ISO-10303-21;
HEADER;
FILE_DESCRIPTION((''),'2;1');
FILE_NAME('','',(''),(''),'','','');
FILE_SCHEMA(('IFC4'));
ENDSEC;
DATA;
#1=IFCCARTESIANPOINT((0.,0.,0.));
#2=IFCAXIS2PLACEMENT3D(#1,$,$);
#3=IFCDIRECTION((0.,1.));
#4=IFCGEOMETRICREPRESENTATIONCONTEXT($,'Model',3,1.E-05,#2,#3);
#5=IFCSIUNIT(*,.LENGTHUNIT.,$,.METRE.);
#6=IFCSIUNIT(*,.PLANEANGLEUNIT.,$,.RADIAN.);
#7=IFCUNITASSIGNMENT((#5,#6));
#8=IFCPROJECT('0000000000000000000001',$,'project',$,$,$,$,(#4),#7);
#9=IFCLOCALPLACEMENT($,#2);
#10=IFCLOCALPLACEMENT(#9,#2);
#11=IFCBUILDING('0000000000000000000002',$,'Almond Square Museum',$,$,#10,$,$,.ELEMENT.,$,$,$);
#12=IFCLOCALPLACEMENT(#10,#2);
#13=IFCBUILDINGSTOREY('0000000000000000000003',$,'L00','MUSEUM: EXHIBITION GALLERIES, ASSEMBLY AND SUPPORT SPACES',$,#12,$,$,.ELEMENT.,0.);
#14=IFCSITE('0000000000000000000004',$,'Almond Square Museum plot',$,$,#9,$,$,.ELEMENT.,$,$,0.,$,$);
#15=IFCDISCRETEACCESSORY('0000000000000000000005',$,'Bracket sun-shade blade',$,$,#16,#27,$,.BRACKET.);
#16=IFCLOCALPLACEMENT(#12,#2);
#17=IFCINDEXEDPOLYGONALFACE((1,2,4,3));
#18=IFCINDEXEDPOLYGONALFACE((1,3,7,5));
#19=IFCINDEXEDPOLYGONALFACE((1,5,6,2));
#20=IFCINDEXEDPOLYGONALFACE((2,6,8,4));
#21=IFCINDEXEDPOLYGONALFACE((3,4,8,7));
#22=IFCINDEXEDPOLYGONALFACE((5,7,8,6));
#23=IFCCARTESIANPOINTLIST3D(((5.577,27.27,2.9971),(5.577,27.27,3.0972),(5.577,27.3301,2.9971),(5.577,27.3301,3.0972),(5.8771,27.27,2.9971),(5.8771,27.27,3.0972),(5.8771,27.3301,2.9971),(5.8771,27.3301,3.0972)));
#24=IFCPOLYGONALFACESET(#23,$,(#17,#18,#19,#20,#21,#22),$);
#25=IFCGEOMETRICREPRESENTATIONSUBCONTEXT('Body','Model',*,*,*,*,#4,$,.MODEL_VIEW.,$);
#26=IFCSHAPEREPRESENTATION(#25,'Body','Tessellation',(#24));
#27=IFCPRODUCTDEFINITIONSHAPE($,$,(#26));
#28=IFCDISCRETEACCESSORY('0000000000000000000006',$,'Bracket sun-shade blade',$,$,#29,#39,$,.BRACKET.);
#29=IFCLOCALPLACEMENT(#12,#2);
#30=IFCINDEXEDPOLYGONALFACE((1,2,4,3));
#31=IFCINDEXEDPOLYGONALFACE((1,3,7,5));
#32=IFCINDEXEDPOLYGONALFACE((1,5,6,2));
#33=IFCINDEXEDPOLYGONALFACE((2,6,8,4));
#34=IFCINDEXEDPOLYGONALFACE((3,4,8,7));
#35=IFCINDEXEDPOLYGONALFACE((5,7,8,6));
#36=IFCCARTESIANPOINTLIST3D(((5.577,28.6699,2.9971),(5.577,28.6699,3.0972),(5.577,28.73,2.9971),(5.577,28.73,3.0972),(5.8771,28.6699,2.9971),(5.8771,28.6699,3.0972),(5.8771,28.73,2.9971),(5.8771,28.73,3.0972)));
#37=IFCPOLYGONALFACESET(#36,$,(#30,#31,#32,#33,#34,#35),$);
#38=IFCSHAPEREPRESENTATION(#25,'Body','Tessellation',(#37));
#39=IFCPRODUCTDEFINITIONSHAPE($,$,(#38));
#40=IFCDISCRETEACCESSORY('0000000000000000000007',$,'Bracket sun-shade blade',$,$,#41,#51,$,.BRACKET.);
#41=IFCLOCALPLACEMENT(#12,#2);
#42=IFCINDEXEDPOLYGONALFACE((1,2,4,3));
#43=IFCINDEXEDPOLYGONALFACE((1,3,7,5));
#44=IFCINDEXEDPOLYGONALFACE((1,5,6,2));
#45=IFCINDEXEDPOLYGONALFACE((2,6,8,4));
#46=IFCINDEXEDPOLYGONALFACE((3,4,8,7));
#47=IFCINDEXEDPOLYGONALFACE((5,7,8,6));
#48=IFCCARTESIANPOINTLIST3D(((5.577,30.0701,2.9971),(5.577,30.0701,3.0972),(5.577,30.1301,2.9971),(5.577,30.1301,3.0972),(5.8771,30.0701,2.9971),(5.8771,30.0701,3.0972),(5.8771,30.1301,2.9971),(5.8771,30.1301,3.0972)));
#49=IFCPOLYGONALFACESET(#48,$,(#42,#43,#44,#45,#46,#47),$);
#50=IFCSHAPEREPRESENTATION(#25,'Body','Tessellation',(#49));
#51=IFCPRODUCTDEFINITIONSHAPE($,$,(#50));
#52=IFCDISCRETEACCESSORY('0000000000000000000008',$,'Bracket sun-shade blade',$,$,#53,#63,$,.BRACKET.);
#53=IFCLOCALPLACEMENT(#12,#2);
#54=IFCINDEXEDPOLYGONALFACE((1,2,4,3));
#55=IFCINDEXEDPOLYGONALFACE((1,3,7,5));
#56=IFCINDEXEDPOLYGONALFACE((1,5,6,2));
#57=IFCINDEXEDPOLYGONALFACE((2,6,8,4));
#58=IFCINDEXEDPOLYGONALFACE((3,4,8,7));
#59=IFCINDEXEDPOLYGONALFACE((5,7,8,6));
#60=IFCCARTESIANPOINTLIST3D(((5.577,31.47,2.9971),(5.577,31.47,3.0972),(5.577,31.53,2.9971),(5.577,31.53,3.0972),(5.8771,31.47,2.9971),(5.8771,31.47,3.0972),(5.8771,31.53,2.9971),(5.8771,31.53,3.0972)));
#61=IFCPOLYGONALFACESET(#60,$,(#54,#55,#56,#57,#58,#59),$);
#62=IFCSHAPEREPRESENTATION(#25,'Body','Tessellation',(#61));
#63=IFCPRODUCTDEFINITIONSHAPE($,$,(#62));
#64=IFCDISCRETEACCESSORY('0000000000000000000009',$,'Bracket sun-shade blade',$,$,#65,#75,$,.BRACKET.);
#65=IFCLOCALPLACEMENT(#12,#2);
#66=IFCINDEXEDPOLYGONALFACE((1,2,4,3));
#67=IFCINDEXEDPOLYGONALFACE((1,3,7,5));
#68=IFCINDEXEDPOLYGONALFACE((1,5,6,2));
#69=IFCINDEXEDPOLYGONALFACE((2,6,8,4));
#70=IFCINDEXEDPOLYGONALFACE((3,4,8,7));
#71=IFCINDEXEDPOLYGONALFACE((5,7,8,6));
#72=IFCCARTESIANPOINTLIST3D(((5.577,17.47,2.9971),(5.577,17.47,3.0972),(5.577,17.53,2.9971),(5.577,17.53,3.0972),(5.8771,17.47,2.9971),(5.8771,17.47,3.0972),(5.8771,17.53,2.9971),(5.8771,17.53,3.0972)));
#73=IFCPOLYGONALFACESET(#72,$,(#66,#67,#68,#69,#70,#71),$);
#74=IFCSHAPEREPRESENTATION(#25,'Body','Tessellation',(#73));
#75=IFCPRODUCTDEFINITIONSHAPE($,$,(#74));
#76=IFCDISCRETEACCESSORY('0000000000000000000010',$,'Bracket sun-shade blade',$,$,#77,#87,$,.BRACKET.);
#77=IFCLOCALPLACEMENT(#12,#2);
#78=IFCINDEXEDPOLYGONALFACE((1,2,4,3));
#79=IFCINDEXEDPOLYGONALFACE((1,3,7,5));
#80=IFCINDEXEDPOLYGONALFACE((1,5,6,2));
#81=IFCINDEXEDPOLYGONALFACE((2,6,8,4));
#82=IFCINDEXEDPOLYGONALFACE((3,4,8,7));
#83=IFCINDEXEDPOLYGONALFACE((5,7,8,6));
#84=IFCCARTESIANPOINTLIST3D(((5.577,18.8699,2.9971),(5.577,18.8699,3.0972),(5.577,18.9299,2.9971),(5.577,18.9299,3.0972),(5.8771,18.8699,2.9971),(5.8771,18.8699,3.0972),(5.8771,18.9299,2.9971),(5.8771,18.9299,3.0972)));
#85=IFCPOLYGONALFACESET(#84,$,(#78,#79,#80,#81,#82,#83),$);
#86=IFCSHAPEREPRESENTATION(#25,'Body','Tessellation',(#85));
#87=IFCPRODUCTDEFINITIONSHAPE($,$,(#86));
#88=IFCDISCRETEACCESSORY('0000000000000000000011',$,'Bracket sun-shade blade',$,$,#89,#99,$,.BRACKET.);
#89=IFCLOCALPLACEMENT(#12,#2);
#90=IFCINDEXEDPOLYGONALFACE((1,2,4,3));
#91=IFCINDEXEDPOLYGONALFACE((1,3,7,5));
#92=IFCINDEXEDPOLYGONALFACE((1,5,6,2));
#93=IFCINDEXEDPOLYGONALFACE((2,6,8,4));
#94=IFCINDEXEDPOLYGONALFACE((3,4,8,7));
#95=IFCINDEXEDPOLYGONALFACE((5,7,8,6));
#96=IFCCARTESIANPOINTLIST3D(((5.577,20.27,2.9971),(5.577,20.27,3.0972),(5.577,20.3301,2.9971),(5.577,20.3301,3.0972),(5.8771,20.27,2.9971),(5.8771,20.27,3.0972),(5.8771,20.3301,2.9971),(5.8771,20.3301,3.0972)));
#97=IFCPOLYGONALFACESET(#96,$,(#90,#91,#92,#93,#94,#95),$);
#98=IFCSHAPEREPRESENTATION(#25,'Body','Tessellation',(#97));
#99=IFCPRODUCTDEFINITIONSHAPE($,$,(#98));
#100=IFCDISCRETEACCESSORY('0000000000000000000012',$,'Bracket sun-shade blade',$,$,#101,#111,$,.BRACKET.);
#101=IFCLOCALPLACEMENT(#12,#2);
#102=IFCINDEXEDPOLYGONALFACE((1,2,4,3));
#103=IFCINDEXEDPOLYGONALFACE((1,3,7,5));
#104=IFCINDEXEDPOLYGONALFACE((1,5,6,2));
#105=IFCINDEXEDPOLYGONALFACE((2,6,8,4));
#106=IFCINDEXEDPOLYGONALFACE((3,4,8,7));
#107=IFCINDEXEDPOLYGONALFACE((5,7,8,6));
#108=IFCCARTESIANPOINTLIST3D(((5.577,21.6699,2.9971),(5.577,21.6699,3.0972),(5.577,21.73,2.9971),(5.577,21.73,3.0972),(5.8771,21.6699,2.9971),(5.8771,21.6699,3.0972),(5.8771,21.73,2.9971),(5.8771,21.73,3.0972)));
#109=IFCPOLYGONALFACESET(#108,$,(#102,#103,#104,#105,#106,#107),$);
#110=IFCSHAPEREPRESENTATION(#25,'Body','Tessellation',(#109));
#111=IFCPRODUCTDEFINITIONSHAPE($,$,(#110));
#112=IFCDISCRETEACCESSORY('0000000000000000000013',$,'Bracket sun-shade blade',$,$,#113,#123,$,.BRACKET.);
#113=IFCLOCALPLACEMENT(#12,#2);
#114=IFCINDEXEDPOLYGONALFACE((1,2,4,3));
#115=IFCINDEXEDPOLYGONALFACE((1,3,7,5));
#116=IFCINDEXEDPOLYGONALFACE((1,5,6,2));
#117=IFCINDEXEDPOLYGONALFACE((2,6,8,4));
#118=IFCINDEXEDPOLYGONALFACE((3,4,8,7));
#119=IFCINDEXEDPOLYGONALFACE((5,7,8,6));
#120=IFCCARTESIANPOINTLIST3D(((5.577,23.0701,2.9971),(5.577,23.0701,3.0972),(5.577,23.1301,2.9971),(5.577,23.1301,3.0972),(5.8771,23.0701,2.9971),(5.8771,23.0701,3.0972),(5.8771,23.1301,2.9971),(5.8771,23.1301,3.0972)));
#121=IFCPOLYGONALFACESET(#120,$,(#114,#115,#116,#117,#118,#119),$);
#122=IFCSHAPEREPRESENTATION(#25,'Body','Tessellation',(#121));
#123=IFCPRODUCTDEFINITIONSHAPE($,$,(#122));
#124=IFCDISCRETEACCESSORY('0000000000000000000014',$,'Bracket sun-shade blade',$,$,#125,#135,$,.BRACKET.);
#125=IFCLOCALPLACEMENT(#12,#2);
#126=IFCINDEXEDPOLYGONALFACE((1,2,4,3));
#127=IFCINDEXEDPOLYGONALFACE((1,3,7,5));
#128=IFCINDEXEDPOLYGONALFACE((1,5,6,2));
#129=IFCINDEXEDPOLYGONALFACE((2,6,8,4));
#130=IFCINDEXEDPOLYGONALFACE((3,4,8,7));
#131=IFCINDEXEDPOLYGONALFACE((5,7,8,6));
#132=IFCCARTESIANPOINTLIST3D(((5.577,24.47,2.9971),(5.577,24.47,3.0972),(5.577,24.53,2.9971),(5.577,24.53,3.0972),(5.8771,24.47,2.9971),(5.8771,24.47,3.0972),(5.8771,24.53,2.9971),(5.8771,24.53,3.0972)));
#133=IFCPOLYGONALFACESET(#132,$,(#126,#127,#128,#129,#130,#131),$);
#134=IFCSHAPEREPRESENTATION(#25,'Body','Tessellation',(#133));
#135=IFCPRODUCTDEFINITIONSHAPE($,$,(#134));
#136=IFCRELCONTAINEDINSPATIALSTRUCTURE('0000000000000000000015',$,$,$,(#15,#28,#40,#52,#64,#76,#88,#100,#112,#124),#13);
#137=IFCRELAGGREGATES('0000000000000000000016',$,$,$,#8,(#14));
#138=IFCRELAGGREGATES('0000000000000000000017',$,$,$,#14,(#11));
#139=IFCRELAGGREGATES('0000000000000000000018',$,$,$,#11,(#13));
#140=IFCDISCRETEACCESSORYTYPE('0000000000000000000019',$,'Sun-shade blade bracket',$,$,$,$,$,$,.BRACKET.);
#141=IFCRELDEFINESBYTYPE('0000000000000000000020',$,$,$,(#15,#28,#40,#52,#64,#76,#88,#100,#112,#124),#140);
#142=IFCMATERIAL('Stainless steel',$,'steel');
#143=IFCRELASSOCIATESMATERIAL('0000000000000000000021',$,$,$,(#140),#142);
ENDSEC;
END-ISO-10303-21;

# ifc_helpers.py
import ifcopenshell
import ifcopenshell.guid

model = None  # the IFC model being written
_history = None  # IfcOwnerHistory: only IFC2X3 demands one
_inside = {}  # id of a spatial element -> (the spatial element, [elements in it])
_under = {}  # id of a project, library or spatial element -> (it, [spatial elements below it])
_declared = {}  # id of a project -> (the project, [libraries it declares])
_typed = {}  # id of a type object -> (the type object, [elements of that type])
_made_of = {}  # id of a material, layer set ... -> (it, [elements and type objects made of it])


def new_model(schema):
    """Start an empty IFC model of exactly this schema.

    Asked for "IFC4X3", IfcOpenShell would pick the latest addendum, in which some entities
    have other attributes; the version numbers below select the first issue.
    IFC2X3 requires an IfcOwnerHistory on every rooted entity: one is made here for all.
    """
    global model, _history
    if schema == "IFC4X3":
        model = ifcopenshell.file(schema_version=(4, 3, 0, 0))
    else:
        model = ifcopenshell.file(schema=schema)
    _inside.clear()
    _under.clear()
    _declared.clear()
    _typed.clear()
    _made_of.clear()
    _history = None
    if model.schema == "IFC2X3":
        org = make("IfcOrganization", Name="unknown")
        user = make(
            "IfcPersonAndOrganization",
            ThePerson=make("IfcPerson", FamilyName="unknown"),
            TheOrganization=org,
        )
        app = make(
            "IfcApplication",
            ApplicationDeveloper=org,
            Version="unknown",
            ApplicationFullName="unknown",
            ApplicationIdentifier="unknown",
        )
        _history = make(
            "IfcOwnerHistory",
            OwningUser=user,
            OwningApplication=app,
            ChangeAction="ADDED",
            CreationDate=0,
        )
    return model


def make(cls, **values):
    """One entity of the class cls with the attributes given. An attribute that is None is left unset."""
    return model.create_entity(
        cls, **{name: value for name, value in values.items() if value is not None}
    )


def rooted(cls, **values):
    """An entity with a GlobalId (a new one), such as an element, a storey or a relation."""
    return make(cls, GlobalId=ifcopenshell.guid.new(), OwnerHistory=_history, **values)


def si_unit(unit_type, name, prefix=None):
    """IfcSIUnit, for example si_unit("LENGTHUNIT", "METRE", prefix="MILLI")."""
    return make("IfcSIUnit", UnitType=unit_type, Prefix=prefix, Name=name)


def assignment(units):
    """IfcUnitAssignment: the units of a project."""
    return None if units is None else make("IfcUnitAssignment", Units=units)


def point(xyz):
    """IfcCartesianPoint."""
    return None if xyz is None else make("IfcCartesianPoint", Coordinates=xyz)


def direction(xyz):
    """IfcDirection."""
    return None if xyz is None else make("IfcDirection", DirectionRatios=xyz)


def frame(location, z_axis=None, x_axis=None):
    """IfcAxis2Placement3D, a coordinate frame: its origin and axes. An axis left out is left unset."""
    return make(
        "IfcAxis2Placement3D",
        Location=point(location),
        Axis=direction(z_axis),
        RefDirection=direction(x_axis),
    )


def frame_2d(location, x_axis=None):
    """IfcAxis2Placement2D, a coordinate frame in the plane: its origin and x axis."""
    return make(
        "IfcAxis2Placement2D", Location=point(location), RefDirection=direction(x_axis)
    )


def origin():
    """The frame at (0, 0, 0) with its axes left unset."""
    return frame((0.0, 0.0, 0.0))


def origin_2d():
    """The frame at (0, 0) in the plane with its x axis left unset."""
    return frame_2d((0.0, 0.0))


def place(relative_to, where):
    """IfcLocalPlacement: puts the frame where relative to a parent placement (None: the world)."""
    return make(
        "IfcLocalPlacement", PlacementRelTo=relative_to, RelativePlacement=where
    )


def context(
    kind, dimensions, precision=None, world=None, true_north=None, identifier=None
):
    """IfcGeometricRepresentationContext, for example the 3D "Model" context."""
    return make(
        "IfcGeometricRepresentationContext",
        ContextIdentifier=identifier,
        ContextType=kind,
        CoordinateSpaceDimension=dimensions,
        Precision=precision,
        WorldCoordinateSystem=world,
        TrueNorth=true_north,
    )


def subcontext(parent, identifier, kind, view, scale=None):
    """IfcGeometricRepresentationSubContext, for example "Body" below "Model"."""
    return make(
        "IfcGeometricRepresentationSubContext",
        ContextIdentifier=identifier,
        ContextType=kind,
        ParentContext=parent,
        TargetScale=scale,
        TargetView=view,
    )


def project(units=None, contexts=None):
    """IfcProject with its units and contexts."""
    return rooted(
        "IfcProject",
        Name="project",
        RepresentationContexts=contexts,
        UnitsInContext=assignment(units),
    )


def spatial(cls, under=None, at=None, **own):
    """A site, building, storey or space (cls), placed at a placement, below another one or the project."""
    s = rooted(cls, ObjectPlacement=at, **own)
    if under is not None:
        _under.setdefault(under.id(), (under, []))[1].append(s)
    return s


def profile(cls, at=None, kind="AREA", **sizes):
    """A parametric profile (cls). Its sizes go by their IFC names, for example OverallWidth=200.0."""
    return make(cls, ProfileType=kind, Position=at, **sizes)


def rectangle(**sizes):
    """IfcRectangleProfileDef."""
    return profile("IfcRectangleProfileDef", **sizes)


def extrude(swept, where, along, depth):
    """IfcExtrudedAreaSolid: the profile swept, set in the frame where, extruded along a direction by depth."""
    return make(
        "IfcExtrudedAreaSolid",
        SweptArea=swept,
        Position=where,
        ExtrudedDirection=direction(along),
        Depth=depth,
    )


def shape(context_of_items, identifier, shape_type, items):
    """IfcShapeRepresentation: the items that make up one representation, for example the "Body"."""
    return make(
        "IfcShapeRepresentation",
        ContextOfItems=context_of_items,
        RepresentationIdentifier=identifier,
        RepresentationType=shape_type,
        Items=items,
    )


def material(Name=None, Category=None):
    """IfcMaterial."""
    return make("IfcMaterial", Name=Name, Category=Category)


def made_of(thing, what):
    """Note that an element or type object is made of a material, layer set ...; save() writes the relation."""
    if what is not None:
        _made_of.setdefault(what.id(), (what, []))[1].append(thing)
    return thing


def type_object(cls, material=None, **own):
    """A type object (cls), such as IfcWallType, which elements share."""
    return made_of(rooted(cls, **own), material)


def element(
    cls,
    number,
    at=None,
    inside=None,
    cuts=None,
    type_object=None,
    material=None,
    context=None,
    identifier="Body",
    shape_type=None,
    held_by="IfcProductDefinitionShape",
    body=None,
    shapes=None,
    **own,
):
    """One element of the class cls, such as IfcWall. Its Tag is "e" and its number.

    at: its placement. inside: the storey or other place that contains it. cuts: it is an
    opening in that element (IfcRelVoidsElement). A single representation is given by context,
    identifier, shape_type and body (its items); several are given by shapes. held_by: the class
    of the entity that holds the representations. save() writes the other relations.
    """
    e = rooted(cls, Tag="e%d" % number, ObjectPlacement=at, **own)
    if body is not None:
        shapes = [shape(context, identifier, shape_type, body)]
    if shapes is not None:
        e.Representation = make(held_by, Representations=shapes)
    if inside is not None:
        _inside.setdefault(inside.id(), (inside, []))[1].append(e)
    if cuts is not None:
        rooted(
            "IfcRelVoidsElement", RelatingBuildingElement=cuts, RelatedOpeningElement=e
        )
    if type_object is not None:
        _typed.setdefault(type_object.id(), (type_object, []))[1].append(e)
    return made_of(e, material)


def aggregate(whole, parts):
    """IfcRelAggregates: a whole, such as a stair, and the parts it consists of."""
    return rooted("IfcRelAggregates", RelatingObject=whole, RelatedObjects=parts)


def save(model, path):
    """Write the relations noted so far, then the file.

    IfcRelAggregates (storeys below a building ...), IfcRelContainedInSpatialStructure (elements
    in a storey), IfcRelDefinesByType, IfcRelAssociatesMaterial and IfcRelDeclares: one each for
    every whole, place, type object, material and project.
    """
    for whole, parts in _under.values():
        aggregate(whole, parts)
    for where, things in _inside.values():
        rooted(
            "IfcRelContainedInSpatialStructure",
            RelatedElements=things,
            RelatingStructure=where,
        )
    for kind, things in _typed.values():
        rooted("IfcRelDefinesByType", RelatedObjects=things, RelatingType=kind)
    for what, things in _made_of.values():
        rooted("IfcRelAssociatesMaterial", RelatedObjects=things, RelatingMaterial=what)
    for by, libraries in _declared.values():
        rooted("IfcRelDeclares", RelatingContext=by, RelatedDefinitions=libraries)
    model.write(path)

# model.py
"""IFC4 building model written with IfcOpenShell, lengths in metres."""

from ifc_helpers import new_model, si_unit, direction, frame, origin, origin_2d, place, context, subcontext, project, spatial, rectangle, extrude, material, type_object, element, save


model = new_model("IFC4")

# Units and contexts
model_context = context("Model", 3, precision=1e-05, world=origin(), true_north=direction((0.0, 1.0)))
body_context = subcontext(model_context, "Body", "Model", "MODEL_VIEW")
ifc_project = project(units=[si_unit("LENGTHUNIT", "METRE"), si_unit("PLANEANGLEUNIT", "RADIAN")], contexts=[model_context])

# Site, building, storey
site_placement = place(None, origin())
site = spatial("IfcSite", under=ifc_project, at=site_placement, Name="Almond Square Museum plot", CompositionType="ELEMENT", RefElevation=0.0)
building_placement = place(site_placement, origin())
building = spatial("IfcBuilding", under=site, at=building_placement, Name="Almond Square Museum", CompositionType="ELEMENT")
storey_placement = place(building_placement, origin())
storey = spatial("IfcBuildingStorey", under=building, at=storey_placement, Name="L00", Description="MUSEUM: EXHIBITION GALLERIES, ASSEMBLY AND SUPPORT SPACES", CompositionType="ELEMENT", Elevation=0.0)

# Discrete accessories
ifc_material_1 = material(Name="Stainless steel", Category="steel")
discrete_accessory_type = type_object("IfcDiscreteAccessoryType", Name="Sun-shade blade bracket", PredefinedType="BRACKET", material=ifc_material_1)
for number, where, z_axis, x_axis, name in (
    (1, (5.7271, 27.3, 2.9971), (0.0, 0.0, 1.0), (1.0, 0.0, 0.0), "Bracket sun-shade blade"),
    (2, (5.7271, 28.7, 2.9971), (0.0, 0.0, 1.0), (1.0, 0.0, 0.0), "Bracket sun-shade blade"),
    (3, (5.7271, 30.1001, 2.9971), (0.0, 0.0, 1.0), (1.0, 0.0, 0.0), "Bracket sun-shade blade"),
    (4, (5.7271, 31.5, 2.9971), (0.0, 0.0, 1.0), (1.0, 0.0, 0.0), "Bracket sun-shade blade"),
    (5, (5.7271, 17.5, 2.9971), (0.0, 0.0, 1.0), (1.0, 0.0, 0.0), "Bracket sun-shade blade"),
    (6, (5.7271, 18.8999, 2.9971), (0.0, 0.0, 1.0), (1.0, 0.0, 0.0), "Bracket sun-shade blade"),
    (7, (5.7271, 20.3, 2.9971), (0.0, 0.0, 1.0), (1.0, 0.0, 0.0), "Bracket sun-shade blade"),
    (8, (5.7271, 21.7, 2.9971), (0.0, 0.0, 1.0), (1.0, 0.0, 0.0), "Bracket sun-shade blade"),
    (9, (5.7271, 23.1001, 2.9971), (0.0, 0.0, 1.0), (1.0, 0.0, 0.0), "Bracket sun-shade blade"),
    (10, (5.7271, 24.5, 2.9971), (0.0, 0.0, 1.0), (1.0, 0.0, 0.0), "Bracket sun-shade blade"),
):
    element("IfcDiscreteAccessory", number, at=place(storey_placement, frame(where, z_axis=z_axis, x_axis=x_axis)), inside=storey, type_object=discrete_accessory_type, Name=name, PredefinedType="BRACKET", context=body_context, shape_type="SweptSolid", body=[
        extrude(rectangle(XDim=0.3, YDim=0.0601, at=origin_2d()), origin(), (0.0, 0.0, 1.0), 0.1001),
    ])

save(model, "model.ifc")
